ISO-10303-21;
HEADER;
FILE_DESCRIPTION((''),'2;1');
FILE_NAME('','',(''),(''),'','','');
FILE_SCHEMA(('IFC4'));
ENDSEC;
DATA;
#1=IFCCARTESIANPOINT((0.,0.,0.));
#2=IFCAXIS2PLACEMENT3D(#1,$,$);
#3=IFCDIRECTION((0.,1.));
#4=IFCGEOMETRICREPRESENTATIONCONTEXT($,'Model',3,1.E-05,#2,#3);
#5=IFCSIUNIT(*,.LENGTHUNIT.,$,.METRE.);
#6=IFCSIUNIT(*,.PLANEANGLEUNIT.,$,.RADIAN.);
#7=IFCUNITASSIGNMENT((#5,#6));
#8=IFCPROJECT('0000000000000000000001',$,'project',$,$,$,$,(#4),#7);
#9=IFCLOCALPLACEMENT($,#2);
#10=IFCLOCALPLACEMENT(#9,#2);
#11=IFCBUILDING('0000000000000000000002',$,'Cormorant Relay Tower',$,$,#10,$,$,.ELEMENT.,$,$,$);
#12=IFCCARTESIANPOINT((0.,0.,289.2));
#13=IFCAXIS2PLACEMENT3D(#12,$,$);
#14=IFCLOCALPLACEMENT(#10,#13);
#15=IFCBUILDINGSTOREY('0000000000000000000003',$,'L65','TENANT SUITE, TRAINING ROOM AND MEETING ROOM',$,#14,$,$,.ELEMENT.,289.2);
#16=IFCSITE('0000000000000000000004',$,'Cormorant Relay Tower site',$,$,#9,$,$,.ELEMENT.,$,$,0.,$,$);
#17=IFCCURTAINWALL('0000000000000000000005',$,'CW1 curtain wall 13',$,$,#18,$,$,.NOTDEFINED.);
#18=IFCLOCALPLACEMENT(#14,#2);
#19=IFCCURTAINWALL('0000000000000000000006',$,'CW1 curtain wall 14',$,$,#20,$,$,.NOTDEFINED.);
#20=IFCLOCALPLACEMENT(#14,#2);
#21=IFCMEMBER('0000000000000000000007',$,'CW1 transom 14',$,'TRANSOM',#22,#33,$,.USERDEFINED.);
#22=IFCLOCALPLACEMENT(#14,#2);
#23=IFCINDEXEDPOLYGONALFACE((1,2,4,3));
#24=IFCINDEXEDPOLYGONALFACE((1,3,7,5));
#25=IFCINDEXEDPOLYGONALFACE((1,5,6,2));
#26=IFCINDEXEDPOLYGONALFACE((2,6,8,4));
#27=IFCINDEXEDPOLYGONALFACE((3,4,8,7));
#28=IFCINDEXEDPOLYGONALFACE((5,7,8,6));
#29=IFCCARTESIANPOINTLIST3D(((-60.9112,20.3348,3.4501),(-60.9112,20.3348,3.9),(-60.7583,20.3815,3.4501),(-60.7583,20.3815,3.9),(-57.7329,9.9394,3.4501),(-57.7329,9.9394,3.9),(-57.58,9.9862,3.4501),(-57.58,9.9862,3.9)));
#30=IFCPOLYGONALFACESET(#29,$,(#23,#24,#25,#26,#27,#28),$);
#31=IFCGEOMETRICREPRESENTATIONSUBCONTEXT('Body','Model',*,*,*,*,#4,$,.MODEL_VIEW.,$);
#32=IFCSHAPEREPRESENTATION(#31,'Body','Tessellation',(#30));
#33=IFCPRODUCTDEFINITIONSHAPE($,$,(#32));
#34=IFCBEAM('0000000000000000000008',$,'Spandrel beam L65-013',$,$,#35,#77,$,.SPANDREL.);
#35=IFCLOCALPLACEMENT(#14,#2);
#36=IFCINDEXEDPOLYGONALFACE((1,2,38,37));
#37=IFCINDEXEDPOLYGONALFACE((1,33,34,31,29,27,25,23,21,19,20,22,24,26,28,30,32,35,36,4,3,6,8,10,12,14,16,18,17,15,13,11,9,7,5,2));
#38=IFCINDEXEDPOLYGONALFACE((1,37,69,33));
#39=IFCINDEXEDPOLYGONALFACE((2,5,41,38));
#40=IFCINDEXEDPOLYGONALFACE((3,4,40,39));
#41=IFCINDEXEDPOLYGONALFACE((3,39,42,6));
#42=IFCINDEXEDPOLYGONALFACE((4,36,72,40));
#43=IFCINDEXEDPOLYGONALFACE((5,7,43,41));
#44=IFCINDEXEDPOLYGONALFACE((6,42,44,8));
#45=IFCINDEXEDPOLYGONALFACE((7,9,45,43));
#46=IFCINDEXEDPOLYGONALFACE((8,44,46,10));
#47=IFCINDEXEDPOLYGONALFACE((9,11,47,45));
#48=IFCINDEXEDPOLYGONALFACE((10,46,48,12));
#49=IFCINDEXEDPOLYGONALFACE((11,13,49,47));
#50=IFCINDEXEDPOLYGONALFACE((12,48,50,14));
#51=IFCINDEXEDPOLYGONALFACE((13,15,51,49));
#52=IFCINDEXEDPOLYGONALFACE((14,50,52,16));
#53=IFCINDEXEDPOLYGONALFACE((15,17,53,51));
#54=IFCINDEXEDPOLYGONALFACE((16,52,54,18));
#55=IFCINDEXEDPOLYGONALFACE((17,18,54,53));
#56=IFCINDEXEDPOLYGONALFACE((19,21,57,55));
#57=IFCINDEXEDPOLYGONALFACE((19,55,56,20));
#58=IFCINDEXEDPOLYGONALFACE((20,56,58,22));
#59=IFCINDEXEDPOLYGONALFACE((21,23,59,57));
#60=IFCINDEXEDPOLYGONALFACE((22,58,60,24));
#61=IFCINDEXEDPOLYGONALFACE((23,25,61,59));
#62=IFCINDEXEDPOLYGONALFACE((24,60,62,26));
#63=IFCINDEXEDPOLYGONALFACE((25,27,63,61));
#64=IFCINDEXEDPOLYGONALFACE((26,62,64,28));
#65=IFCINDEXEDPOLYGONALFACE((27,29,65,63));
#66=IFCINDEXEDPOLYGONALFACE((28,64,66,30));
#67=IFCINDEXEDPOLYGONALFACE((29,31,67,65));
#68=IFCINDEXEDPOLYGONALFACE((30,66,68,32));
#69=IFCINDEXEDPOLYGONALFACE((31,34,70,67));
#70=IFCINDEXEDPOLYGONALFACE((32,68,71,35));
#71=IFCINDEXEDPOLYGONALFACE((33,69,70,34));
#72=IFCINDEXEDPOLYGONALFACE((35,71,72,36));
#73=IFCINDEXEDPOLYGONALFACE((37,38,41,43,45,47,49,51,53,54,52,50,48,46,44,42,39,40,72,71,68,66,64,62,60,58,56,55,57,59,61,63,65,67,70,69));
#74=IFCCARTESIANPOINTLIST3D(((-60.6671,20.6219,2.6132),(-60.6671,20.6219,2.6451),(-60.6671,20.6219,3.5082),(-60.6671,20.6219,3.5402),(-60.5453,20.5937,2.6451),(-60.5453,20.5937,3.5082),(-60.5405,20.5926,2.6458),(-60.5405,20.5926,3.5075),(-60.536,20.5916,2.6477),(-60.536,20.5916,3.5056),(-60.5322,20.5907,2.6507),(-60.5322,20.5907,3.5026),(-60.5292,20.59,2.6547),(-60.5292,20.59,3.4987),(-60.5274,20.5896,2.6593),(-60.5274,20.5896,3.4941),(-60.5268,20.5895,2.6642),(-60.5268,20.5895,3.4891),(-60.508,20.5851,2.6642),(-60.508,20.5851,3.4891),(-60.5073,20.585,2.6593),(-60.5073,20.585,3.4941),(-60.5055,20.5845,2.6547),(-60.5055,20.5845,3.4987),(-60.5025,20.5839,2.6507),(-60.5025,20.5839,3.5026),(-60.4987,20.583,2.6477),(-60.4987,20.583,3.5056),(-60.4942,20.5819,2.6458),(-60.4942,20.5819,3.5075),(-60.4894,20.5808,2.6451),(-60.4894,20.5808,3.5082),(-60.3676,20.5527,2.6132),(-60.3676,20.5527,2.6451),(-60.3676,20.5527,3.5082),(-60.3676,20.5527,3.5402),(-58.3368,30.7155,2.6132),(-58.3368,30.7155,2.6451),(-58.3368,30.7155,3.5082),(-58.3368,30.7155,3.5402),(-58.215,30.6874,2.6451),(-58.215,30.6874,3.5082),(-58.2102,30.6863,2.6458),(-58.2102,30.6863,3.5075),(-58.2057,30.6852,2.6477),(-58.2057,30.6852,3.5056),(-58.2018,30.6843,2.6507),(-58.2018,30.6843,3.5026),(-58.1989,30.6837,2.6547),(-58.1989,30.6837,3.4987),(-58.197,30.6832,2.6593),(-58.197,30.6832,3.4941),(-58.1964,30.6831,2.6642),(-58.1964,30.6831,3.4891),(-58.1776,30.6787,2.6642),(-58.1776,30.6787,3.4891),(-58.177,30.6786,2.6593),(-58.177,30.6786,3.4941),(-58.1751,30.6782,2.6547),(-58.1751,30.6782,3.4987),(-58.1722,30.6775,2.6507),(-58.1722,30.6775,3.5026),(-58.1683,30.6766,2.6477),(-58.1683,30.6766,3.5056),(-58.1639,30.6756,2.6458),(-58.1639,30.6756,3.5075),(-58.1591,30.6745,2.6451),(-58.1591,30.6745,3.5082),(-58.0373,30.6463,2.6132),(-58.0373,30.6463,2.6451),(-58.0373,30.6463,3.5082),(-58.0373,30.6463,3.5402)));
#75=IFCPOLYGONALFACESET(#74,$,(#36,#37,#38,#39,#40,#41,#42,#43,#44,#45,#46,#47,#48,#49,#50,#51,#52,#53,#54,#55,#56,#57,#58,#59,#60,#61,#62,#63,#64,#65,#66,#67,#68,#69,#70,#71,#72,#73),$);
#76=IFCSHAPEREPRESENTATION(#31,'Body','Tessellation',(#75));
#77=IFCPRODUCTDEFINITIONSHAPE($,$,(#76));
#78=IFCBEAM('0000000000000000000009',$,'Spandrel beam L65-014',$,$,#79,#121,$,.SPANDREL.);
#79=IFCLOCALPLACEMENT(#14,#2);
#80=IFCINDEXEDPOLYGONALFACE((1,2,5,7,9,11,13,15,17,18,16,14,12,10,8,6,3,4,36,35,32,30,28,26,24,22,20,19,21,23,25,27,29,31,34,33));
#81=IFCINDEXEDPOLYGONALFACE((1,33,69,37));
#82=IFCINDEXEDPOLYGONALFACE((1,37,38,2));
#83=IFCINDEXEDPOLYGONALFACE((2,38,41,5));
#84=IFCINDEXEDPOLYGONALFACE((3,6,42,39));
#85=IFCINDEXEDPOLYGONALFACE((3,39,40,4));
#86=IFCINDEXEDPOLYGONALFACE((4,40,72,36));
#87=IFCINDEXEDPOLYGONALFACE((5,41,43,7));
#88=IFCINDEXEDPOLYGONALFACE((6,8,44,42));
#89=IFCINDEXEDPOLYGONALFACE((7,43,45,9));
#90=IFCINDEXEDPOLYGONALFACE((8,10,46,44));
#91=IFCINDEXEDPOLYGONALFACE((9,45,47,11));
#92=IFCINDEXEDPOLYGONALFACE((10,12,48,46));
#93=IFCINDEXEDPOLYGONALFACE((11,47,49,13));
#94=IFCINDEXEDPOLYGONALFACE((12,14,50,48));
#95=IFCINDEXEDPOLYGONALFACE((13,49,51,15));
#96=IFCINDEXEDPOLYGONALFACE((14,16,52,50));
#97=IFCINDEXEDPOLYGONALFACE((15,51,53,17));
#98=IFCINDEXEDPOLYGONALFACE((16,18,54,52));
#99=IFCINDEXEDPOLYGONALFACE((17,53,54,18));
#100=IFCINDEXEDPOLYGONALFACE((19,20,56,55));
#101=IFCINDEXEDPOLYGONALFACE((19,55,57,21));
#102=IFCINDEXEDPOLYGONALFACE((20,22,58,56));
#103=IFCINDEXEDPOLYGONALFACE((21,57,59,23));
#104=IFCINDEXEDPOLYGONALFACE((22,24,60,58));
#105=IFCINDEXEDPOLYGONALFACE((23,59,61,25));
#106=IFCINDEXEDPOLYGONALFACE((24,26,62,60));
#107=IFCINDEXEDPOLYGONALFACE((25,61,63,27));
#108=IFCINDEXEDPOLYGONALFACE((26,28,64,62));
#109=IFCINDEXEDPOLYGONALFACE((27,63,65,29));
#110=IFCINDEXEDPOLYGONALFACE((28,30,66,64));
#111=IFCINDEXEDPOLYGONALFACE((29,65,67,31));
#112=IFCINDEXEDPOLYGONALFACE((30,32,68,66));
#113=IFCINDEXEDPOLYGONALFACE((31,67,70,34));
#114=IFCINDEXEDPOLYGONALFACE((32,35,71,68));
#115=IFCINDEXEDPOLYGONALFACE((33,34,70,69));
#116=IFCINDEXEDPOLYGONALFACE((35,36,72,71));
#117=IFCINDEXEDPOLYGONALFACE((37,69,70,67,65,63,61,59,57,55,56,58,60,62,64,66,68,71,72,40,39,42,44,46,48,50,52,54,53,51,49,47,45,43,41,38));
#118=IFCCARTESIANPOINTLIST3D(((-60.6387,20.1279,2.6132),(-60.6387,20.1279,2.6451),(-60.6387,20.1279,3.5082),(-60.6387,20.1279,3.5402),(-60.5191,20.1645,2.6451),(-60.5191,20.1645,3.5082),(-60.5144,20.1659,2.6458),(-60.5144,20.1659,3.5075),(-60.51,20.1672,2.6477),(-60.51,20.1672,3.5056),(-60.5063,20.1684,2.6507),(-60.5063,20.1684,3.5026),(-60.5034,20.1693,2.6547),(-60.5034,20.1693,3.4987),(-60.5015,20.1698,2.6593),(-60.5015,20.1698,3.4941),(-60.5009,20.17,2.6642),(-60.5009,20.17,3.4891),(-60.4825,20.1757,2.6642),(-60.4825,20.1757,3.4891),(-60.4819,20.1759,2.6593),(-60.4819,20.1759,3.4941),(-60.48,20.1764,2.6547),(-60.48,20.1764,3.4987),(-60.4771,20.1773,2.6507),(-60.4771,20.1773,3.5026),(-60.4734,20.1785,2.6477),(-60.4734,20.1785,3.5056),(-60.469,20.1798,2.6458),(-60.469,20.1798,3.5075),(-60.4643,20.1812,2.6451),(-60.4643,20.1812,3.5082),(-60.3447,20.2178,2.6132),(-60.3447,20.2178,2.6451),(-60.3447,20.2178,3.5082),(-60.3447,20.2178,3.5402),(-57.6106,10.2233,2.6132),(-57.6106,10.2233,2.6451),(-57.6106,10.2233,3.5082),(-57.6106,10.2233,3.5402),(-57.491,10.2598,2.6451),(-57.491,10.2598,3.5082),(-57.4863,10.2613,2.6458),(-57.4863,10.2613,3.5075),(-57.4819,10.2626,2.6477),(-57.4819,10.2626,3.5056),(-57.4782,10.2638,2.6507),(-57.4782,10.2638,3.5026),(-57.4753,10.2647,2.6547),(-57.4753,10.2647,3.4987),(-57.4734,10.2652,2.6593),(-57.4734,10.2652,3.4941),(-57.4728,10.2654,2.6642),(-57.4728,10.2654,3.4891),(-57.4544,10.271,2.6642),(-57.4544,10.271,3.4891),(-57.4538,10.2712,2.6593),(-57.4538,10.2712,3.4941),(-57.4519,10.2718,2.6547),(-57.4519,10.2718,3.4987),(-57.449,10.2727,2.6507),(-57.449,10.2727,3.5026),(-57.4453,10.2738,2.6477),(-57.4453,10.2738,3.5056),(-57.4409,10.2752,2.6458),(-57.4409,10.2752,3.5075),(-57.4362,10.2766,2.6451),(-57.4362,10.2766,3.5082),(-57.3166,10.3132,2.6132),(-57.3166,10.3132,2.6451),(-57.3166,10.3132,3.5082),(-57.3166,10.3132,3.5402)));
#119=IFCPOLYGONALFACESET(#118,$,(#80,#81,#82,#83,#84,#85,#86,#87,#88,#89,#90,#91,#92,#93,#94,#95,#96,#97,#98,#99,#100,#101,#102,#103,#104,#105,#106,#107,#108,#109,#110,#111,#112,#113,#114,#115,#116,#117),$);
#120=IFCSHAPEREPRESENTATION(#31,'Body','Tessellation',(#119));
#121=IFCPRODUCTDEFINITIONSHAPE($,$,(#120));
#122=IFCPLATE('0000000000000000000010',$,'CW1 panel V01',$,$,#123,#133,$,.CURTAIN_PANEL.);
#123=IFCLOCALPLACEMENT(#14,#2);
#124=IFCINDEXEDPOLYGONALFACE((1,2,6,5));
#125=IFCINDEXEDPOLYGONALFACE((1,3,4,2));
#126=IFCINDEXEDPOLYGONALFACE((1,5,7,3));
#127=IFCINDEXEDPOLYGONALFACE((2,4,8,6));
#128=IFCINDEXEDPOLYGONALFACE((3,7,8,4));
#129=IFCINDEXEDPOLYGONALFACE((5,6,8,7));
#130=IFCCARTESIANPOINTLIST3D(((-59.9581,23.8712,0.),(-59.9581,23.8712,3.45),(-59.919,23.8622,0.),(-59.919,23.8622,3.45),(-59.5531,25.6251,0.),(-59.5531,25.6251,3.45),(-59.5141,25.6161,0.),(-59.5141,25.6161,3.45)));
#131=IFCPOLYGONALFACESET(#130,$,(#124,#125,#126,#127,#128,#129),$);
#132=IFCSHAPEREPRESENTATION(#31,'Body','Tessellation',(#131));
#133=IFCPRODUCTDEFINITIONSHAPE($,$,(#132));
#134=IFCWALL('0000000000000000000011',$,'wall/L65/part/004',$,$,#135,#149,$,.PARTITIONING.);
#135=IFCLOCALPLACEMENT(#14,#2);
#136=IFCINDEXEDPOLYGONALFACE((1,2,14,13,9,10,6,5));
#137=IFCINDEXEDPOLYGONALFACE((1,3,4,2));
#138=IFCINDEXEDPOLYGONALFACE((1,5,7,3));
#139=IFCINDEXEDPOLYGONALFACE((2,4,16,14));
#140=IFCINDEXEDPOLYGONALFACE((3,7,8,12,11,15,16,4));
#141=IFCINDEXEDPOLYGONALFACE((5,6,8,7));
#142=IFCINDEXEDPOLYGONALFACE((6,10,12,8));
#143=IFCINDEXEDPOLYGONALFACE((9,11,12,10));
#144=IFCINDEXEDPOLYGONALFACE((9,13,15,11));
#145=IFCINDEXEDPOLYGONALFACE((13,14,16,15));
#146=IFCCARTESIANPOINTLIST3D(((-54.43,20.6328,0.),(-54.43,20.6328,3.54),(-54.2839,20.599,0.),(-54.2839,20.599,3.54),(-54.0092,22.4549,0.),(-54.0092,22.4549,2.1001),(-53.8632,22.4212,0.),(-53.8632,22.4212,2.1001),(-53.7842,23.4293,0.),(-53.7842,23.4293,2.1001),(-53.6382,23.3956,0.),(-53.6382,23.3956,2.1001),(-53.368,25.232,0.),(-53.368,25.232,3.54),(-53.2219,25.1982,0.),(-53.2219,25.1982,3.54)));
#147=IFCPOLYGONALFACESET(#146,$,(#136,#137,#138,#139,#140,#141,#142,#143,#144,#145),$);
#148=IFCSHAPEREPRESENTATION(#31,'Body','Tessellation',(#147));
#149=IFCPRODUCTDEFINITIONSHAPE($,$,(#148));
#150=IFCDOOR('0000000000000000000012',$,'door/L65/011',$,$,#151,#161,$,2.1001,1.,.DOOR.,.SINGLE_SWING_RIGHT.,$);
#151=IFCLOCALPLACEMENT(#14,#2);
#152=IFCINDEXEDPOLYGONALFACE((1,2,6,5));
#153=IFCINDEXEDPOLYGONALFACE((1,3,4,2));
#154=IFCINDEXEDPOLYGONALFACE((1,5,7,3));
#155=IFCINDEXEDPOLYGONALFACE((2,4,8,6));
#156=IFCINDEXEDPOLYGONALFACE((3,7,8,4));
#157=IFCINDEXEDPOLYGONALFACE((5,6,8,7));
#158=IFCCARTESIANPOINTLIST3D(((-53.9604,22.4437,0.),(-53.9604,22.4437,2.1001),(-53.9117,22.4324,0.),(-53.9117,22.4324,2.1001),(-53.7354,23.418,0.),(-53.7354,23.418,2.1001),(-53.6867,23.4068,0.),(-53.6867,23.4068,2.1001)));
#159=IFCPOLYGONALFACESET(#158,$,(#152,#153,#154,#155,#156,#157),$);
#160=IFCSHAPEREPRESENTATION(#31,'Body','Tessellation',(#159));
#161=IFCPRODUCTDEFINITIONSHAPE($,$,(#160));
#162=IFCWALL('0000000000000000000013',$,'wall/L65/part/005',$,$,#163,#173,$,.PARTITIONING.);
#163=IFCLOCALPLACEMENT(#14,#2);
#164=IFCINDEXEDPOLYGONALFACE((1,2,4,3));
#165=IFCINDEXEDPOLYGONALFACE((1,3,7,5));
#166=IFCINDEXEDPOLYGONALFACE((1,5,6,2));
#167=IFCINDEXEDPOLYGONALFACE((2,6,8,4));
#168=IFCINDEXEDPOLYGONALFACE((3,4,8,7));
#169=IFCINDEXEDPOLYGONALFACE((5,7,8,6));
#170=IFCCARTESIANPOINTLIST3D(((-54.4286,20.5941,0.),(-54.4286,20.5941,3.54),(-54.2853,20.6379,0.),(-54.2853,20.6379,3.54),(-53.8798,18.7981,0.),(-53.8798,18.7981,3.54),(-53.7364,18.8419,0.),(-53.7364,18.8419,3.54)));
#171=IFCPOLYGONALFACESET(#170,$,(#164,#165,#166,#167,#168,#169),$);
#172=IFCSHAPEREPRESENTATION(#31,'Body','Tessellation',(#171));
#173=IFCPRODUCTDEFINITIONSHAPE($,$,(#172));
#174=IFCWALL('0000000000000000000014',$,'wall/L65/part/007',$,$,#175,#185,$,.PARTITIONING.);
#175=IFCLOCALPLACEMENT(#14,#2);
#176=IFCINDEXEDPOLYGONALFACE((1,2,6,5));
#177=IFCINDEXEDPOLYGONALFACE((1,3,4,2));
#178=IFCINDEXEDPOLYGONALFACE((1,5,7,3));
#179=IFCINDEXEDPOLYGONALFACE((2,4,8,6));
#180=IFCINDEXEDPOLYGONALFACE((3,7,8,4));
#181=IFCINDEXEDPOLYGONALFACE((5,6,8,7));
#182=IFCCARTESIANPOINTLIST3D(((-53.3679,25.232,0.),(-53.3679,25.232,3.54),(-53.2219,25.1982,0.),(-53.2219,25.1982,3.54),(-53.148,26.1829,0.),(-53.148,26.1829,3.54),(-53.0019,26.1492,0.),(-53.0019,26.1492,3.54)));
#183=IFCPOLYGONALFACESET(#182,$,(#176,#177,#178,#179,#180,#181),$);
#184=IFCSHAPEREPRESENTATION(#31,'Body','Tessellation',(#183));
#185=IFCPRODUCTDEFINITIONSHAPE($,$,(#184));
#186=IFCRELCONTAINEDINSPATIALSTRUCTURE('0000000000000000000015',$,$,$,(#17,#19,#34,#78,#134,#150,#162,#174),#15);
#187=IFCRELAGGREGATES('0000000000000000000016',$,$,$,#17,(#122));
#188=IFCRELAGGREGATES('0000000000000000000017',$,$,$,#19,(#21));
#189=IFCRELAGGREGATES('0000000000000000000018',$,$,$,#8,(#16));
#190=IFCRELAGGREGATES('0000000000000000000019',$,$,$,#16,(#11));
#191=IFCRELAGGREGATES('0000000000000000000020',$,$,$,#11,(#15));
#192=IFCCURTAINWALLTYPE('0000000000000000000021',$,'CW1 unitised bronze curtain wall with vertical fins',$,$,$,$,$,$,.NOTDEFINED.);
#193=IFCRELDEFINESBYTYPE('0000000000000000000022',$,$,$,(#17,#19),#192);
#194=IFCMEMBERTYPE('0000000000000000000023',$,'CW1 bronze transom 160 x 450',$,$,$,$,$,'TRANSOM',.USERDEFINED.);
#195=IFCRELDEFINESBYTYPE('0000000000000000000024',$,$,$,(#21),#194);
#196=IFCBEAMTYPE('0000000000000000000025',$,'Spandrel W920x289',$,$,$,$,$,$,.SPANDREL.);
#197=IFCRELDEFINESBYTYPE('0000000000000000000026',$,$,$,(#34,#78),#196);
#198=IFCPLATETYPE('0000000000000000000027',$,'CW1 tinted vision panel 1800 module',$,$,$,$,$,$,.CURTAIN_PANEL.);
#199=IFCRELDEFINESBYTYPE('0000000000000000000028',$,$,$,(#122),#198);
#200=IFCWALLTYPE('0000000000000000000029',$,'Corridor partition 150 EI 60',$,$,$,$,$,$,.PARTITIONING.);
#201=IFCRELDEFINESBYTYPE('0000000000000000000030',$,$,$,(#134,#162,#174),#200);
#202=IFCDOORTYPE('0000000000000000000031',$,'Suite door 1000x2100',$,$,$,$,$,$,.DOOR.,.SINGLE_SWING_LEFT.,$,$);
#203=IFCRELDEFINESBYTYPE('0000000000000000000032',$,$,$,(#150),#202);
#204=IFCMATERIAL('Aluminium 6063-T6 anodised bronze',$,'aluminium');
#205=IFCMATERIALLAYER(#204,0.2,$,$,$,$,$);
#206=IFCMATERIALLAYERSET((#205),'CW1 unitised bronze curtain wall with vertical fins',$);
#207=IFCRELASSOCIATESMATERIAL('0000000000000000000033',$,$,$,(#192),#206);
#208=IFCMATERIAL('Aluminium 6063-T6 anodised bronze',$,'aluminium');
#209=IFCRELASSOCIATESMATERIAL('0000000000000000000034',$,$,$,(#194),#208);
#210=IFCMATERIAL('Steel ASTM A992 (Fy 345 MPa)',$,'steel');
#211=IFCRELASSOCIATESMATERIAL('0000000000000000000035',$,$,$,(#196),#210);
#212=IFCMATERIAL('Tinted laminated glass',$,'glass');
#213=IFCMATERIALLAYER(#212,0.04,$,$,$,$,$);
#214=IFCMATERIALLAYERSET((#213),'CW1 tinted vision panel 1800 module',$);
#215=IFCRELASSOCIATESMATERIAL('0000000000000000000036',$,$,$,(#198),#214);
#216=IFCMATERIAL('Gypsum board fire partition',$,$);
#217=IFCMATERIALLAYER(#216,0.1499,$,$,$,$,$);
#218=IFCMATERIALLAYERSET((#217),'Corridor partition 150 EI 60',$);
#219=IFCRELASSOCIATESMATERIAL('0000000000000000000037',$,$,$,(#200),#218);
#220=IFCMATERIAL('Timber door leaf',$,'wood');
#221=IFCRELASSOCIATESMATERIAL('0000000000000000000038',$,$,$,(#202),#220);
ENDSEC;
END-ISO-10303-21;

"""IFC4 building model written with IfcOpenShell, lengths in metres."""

from ifc_helpers import new_model, si_unit, direction, frame, frame_2d, origin, origin_2d, place, context, subcontext, project, spatial, rectangle, i_section, extrude, material, layer, layer_set, material_profile, profile_set, type_object, element, fill, aggregate, save


model = new_model("IFC4")

# Units and contexts
model_context = context("Model", 3, precision=1e-05, world=origin(), true_north=direction((0.0, 1.0)))
body_context = subcontext(model_context, "Body", "Model", "MODEL_VIEW")
ifc_project = project(units=[si_unit("LENGTHUNIT", "METRE"), si_unit("PLANEANGLEUNIT", "RADIAN")], contexts=[model_context])

# Site, building, storey
site_placement = place(None, origin())
site = spatial("IfcSite", under=ifc_project, at=site_placement, Name="Cormorant Relay Tower site", CompositionType="ELEMENT", RefElevation=0.0)
building_placement = place(site_placement, origin())
building = spatial("IfcBuilding", under=site, at=building_placement, Name="Cormorant Relay Tower", CompositionType="ELEMENT")
storey_placement = place(building_placement, frame((0.0, 0.0, 289.2)))
storey = spatial("IfcBuildingStorey", under=building, at=storey_placement, Name="L65", Description="TENANT SUITE, TRAINING ROOM AND MEETING ROOM", CompositionType="ELEMENT", Elevation=289.2)

# Curtain wall
ifc_material_1 = material(Name="Aluminium 6063-T6 anodised bronze", Category="aluminium")
ifc_layer_1 = layer(ifc_material_1, 0.2)
ifc_layer_set_1 = layer_set([ifc_layer_1], Name="CW1 unitised bronze curtain wall with vertical fins")
curtain_wall_type = type_object("IfcCurtainWallType", Name="CW1 unitised bronze curtain wall with vertical fins", PredefinedType="NOTDEFINED", material=ifc_layer_set_1)
curtain_wall_1_placement = place(storey_placement, origin())
curtain_wall_1 = element("IfcCurtainWall", 1, at=curtain_wall_1_placement, inside=storey, type_object=curtain_wall_type, Name="CW1 curtain wall 13", PredefinedType="NOTDEFINED")

# Curtain wall
curtain_wall_2_placement = place(storey_placement, origin())
curtain_wall_2 = element("IfcCurtainWall", 2, at=curtain_wall_2_placement, inside=storey, type_object=curtain_wall_type, Name="CW1 curtain wall 14", PredefinedType="NOTDEFINED")

# Member
ifc_material_2 = material(Name="Aluminium 6063-T6 anodised bronze", Category="aluminium")
ifc_material_profile_1 = material_profile(ifc_material_2, rectangle(XDim=0.1599, YDim=0.45, at=origin_2d()), Name="AL 160x450")
ifc_profile_set_1 = profile_set([ifc_material_profile_1], Name="Aluminium 6063-T6 anodised bronze")
member_type_1 = type_object("IfcMemberType", Name="CW1 bronze transom 160 x 450", ElementType="TRANSOM", PredefinedType="USERDEFINED", material=ifc_profile_set_1)
member_1_placement = place(storey_placement, frame((-60.8347, 20.3582, 3.675), z_axis=(0.292378, -0.956303, 0.0), x_axis=(0.956303, 0.292378, 0.0)))
member_1 = element("IfcMember", 3, at=member_1_placement, type_object=member_type_1, Name="CW1 transom 14", ObjectType="TRANSOM", PredefinedType="USERDEFINED", context=body_context, shape_type="SweptSolid", body=[
    extrude(rectangle(XDim=0.1599, YDim=0.45, at=origin_2d()), origin(), (0.0, 0.0, 1.0), 10.8704),
])

# Beams
ifc_material_3 = material(Name="Steel ASTM A992 (Fy 345 MPa)", Category="steel")
ifc_material_profile_2 = material_profile(ifc_material_3, i_section(OverallWidth=0.3074, OverallDepth=0.927, WebThickness=0.0193, FlangeThickness=0.032, FilletRadius=0.019, at=origin_2d()), Name="W920x289")
ifc_profile_set_2 = profile_set([ifc_material_profile_2], Name="Steel ASTM A992 (Fy 345 MPa)")
beam_type = type_object("IfcBeamType", Name="Spandrel W920x289", PredefinedType="SPANDREL", material=ifc_profile_set_2)
beam_1_placement = place(storey_placement, frame((-58.187, 30.6809, 3.0767), z_axis=(-0.224956, -0.974369, 0.0), x_axis=(0.974369, -0.224956, 0.0)))
element("IfcBeam", 4, at=beam_1_placement, inside=storey, type_object=beam_type, Name="Spandrel beam L65-013", PredefinedType="SPANDREL", context=body_context, shape_type="SweptSolid", body=[
    extrude(i_section(OverallWidth=0.3074, OverallDepth=0.927, WebThickness=0.0193, FlangeThickness=0.032, FilletRadius=0.019, at=origin_2d()), origin(), (0.0, 0.0, 1.0), 10.3591),
])
beam_2_placement = place(storey_placement, frame((-60.4917, 20.1729, 3.0767), z_axis=(0.292368, -0.956306, 0.0), x_axis=(0.956306, 0.292368, 0.0)))
element("IfcBeam", 5, at=beam_2_placement, inside=storey, type_object=beam_type, Name="Spandrel beam L65-014", PredefinedType="SPANDREL", context=body_context, shape_type="SweptSolid", body=[
    extrude(i_section(OverallWidth=0.3074, OverallDepth=0.927, WebThickness=0.0193, FlangeThickness=0.032, FilletRadius=0.019, at=origin_2d()), origin(), (0.0, 0.0, 1.0), 10.3572),
])

# Plate
ifc_material_4 = material(Name="Tinted laminated glass", Category="glass")
ifc_layer_2 = layer(ifc_material_4, 0.04)
ifc_layer_set_2 = layer_set([ifc_layer_2], Name="CW1 tinted vision panel 1800 module")
plate_type = type_object("IfcPlateType", Name="CW1 tinted vision panel 1800 module", PredefinedType="CURTAIN_PANEL", material=ifc_layer_set_2)
plate_placement = place(storey_placement, frame((-59.7361, 24.7437, 0.0), z_axis=(0.0, 0.0, 1.0), x_axis=(-0.224951, -0.97437, 0.0)))
plate = element("IfcPlate", 6, at=plate_placement, type_object=plate_type, Name="CW1 panel V01", PredefinedType="CURTAIN_PANEL", context=body_context, shape_type="SweptSolid", body=[
    extrude(rectangle(XDim=1.8, YDim=0.04, at=origin_2d()), origin(), (0.0, 0.0, 1.0), 3.45),
])

# Wall, opening, door
ifc_material_5 = material(Name="Gypsum board fire partition")
ifc_layer_3 = layer(ifc_material_5, 0.1499)
ifc_layer_set_3 = layer_set([ifc_layer_3], Name="Corridor partition 150 EI 60")
wall_type_1 = type_object("IfcWallType", Name="Corridor partition 150 EI 60", PredefinedType="PARTITIONING", material=ifc_layer_set_3)
wall_1_placement = place(storey_placement, frame((-53.2949, 25.2151, 0.0), z_axis=(0.0, 0.0, 1.0), x_axis=(-0.224995, -0.97436, 0.0)))
wall_1 = element("IfcWall", 7, at=wall_1_placement, inside=storey, type_object=wall_type_1, Name="wall/L65/part/004", PredefinedType="PARTITIONING", context=body_context, shape_type="SweptSolid", body=[
    extrude(rectangle(XDim=4.7202, YDim=0.1499, at=frame_2d((2.3601, 0.0))), origin(), (0.0, 0.0, 1.0), 3.54),
])
opening_placement = place(wall_1_placement, frame((1.8501, 0.0, 0.0)))
opening = element("IfcOpeningElement", 8, at=opening_placement, cuts=wall_1, PredefinedType="OPENING", context=body_context, shape_type="SweptSolid", body=[
    extrude(rectangle(XDim=1.0, YDim=2.1001, at=frame_2d((0.5, 1.05))), frame((0.0, 0.085, 0.0), z_axis=(0.0, -1.0, 0.0), x_axis=(1.0, 0.0, 0.0)), (0.0, 0.0, 1.0), 0.1699),
])
ifc_material_6 = material(Name="Timber door leaf", Category="wood")
door_type = type_object("IfcDoorType", Name="Suite door 1000x2100", OperationType="SINGLE_SWING_LEFT", PredefinedType="DOOR", material=ifc_material_6)
door_placement = place(opening_placement, frame((1.0, 0.0, 0.0), z_axis=(0.0, 0.0, 1.0), x_axis=(-1.0, 0.0, 0.0)))
door = element("IfcDoor", 9, at=door_placement, inside=storey, type_object=door_type, Name="door/L65/011", OperationType="SINGLE_SWING_RIGHT", OverallHeight=2.1001, OverallWidth=1.0, PredefinedType="DOOR", context=body_context, shape_type="SweptSolid", body=[
    extrude(rectangle(XDim=1.0, YDim=2.1001, at=frame_2d((0.5, 1.05))), frame((0.0, 0.0249, 0.0), z_axis=(0.0, -1.0, 0.0), x_axis=(1.0, 0.0, 0.0)), (0.0, 0.0, 1.0), 0.05),
])
fill(opening, door)

# Walls
wall_2_placement = place(storey_placement, frame((-54.3569, 20.616, 0.0), z_axis=(0.0, 0.0, 1.0), x_axis=(0.292258, -0.956339, 0.0)))
element("IfcWall", 10, at=wall_2_placement, inside=storey, type_object=wall_type_1, Name="wall/L65/part/005", PredefinedType="PARTITIONING", context=body_context, shape_type="SweptSolid", body=[
    extrude(rectangle(XDim=1.8779, YDim=0.1499, at=frame_2d((0.939, 0.0))), origin(), (0.0, 0.0, 1.0), 3.54),
])
wall_3_placement = place(storey_placement, frame((-53.2949, 25.2151, 0.0), z_axis=(0.0, 0.0, 1.0), x_axis=(0.225371, 0.974273, 0.0)))
element("IfcWall", 11, at=wall_3_placement, inside=storey, type_object=wall_type_1, Name="wall/L65/part/007", PredefinedType="PARTITIONING", context=body_context, shape_type="SweptSolid", body=[
    extrude(rectangle(XDim=0.9761, YDim=0.1499, at=frame_2d((0.488, 0.0))), origin(), (0.0, 0.0, 1.0), 3.54),
])

aggregate(curtain_wall_1, [plate])
aggregate(curtain_wall_2, [member_1])

save(model, "model.ifc")
